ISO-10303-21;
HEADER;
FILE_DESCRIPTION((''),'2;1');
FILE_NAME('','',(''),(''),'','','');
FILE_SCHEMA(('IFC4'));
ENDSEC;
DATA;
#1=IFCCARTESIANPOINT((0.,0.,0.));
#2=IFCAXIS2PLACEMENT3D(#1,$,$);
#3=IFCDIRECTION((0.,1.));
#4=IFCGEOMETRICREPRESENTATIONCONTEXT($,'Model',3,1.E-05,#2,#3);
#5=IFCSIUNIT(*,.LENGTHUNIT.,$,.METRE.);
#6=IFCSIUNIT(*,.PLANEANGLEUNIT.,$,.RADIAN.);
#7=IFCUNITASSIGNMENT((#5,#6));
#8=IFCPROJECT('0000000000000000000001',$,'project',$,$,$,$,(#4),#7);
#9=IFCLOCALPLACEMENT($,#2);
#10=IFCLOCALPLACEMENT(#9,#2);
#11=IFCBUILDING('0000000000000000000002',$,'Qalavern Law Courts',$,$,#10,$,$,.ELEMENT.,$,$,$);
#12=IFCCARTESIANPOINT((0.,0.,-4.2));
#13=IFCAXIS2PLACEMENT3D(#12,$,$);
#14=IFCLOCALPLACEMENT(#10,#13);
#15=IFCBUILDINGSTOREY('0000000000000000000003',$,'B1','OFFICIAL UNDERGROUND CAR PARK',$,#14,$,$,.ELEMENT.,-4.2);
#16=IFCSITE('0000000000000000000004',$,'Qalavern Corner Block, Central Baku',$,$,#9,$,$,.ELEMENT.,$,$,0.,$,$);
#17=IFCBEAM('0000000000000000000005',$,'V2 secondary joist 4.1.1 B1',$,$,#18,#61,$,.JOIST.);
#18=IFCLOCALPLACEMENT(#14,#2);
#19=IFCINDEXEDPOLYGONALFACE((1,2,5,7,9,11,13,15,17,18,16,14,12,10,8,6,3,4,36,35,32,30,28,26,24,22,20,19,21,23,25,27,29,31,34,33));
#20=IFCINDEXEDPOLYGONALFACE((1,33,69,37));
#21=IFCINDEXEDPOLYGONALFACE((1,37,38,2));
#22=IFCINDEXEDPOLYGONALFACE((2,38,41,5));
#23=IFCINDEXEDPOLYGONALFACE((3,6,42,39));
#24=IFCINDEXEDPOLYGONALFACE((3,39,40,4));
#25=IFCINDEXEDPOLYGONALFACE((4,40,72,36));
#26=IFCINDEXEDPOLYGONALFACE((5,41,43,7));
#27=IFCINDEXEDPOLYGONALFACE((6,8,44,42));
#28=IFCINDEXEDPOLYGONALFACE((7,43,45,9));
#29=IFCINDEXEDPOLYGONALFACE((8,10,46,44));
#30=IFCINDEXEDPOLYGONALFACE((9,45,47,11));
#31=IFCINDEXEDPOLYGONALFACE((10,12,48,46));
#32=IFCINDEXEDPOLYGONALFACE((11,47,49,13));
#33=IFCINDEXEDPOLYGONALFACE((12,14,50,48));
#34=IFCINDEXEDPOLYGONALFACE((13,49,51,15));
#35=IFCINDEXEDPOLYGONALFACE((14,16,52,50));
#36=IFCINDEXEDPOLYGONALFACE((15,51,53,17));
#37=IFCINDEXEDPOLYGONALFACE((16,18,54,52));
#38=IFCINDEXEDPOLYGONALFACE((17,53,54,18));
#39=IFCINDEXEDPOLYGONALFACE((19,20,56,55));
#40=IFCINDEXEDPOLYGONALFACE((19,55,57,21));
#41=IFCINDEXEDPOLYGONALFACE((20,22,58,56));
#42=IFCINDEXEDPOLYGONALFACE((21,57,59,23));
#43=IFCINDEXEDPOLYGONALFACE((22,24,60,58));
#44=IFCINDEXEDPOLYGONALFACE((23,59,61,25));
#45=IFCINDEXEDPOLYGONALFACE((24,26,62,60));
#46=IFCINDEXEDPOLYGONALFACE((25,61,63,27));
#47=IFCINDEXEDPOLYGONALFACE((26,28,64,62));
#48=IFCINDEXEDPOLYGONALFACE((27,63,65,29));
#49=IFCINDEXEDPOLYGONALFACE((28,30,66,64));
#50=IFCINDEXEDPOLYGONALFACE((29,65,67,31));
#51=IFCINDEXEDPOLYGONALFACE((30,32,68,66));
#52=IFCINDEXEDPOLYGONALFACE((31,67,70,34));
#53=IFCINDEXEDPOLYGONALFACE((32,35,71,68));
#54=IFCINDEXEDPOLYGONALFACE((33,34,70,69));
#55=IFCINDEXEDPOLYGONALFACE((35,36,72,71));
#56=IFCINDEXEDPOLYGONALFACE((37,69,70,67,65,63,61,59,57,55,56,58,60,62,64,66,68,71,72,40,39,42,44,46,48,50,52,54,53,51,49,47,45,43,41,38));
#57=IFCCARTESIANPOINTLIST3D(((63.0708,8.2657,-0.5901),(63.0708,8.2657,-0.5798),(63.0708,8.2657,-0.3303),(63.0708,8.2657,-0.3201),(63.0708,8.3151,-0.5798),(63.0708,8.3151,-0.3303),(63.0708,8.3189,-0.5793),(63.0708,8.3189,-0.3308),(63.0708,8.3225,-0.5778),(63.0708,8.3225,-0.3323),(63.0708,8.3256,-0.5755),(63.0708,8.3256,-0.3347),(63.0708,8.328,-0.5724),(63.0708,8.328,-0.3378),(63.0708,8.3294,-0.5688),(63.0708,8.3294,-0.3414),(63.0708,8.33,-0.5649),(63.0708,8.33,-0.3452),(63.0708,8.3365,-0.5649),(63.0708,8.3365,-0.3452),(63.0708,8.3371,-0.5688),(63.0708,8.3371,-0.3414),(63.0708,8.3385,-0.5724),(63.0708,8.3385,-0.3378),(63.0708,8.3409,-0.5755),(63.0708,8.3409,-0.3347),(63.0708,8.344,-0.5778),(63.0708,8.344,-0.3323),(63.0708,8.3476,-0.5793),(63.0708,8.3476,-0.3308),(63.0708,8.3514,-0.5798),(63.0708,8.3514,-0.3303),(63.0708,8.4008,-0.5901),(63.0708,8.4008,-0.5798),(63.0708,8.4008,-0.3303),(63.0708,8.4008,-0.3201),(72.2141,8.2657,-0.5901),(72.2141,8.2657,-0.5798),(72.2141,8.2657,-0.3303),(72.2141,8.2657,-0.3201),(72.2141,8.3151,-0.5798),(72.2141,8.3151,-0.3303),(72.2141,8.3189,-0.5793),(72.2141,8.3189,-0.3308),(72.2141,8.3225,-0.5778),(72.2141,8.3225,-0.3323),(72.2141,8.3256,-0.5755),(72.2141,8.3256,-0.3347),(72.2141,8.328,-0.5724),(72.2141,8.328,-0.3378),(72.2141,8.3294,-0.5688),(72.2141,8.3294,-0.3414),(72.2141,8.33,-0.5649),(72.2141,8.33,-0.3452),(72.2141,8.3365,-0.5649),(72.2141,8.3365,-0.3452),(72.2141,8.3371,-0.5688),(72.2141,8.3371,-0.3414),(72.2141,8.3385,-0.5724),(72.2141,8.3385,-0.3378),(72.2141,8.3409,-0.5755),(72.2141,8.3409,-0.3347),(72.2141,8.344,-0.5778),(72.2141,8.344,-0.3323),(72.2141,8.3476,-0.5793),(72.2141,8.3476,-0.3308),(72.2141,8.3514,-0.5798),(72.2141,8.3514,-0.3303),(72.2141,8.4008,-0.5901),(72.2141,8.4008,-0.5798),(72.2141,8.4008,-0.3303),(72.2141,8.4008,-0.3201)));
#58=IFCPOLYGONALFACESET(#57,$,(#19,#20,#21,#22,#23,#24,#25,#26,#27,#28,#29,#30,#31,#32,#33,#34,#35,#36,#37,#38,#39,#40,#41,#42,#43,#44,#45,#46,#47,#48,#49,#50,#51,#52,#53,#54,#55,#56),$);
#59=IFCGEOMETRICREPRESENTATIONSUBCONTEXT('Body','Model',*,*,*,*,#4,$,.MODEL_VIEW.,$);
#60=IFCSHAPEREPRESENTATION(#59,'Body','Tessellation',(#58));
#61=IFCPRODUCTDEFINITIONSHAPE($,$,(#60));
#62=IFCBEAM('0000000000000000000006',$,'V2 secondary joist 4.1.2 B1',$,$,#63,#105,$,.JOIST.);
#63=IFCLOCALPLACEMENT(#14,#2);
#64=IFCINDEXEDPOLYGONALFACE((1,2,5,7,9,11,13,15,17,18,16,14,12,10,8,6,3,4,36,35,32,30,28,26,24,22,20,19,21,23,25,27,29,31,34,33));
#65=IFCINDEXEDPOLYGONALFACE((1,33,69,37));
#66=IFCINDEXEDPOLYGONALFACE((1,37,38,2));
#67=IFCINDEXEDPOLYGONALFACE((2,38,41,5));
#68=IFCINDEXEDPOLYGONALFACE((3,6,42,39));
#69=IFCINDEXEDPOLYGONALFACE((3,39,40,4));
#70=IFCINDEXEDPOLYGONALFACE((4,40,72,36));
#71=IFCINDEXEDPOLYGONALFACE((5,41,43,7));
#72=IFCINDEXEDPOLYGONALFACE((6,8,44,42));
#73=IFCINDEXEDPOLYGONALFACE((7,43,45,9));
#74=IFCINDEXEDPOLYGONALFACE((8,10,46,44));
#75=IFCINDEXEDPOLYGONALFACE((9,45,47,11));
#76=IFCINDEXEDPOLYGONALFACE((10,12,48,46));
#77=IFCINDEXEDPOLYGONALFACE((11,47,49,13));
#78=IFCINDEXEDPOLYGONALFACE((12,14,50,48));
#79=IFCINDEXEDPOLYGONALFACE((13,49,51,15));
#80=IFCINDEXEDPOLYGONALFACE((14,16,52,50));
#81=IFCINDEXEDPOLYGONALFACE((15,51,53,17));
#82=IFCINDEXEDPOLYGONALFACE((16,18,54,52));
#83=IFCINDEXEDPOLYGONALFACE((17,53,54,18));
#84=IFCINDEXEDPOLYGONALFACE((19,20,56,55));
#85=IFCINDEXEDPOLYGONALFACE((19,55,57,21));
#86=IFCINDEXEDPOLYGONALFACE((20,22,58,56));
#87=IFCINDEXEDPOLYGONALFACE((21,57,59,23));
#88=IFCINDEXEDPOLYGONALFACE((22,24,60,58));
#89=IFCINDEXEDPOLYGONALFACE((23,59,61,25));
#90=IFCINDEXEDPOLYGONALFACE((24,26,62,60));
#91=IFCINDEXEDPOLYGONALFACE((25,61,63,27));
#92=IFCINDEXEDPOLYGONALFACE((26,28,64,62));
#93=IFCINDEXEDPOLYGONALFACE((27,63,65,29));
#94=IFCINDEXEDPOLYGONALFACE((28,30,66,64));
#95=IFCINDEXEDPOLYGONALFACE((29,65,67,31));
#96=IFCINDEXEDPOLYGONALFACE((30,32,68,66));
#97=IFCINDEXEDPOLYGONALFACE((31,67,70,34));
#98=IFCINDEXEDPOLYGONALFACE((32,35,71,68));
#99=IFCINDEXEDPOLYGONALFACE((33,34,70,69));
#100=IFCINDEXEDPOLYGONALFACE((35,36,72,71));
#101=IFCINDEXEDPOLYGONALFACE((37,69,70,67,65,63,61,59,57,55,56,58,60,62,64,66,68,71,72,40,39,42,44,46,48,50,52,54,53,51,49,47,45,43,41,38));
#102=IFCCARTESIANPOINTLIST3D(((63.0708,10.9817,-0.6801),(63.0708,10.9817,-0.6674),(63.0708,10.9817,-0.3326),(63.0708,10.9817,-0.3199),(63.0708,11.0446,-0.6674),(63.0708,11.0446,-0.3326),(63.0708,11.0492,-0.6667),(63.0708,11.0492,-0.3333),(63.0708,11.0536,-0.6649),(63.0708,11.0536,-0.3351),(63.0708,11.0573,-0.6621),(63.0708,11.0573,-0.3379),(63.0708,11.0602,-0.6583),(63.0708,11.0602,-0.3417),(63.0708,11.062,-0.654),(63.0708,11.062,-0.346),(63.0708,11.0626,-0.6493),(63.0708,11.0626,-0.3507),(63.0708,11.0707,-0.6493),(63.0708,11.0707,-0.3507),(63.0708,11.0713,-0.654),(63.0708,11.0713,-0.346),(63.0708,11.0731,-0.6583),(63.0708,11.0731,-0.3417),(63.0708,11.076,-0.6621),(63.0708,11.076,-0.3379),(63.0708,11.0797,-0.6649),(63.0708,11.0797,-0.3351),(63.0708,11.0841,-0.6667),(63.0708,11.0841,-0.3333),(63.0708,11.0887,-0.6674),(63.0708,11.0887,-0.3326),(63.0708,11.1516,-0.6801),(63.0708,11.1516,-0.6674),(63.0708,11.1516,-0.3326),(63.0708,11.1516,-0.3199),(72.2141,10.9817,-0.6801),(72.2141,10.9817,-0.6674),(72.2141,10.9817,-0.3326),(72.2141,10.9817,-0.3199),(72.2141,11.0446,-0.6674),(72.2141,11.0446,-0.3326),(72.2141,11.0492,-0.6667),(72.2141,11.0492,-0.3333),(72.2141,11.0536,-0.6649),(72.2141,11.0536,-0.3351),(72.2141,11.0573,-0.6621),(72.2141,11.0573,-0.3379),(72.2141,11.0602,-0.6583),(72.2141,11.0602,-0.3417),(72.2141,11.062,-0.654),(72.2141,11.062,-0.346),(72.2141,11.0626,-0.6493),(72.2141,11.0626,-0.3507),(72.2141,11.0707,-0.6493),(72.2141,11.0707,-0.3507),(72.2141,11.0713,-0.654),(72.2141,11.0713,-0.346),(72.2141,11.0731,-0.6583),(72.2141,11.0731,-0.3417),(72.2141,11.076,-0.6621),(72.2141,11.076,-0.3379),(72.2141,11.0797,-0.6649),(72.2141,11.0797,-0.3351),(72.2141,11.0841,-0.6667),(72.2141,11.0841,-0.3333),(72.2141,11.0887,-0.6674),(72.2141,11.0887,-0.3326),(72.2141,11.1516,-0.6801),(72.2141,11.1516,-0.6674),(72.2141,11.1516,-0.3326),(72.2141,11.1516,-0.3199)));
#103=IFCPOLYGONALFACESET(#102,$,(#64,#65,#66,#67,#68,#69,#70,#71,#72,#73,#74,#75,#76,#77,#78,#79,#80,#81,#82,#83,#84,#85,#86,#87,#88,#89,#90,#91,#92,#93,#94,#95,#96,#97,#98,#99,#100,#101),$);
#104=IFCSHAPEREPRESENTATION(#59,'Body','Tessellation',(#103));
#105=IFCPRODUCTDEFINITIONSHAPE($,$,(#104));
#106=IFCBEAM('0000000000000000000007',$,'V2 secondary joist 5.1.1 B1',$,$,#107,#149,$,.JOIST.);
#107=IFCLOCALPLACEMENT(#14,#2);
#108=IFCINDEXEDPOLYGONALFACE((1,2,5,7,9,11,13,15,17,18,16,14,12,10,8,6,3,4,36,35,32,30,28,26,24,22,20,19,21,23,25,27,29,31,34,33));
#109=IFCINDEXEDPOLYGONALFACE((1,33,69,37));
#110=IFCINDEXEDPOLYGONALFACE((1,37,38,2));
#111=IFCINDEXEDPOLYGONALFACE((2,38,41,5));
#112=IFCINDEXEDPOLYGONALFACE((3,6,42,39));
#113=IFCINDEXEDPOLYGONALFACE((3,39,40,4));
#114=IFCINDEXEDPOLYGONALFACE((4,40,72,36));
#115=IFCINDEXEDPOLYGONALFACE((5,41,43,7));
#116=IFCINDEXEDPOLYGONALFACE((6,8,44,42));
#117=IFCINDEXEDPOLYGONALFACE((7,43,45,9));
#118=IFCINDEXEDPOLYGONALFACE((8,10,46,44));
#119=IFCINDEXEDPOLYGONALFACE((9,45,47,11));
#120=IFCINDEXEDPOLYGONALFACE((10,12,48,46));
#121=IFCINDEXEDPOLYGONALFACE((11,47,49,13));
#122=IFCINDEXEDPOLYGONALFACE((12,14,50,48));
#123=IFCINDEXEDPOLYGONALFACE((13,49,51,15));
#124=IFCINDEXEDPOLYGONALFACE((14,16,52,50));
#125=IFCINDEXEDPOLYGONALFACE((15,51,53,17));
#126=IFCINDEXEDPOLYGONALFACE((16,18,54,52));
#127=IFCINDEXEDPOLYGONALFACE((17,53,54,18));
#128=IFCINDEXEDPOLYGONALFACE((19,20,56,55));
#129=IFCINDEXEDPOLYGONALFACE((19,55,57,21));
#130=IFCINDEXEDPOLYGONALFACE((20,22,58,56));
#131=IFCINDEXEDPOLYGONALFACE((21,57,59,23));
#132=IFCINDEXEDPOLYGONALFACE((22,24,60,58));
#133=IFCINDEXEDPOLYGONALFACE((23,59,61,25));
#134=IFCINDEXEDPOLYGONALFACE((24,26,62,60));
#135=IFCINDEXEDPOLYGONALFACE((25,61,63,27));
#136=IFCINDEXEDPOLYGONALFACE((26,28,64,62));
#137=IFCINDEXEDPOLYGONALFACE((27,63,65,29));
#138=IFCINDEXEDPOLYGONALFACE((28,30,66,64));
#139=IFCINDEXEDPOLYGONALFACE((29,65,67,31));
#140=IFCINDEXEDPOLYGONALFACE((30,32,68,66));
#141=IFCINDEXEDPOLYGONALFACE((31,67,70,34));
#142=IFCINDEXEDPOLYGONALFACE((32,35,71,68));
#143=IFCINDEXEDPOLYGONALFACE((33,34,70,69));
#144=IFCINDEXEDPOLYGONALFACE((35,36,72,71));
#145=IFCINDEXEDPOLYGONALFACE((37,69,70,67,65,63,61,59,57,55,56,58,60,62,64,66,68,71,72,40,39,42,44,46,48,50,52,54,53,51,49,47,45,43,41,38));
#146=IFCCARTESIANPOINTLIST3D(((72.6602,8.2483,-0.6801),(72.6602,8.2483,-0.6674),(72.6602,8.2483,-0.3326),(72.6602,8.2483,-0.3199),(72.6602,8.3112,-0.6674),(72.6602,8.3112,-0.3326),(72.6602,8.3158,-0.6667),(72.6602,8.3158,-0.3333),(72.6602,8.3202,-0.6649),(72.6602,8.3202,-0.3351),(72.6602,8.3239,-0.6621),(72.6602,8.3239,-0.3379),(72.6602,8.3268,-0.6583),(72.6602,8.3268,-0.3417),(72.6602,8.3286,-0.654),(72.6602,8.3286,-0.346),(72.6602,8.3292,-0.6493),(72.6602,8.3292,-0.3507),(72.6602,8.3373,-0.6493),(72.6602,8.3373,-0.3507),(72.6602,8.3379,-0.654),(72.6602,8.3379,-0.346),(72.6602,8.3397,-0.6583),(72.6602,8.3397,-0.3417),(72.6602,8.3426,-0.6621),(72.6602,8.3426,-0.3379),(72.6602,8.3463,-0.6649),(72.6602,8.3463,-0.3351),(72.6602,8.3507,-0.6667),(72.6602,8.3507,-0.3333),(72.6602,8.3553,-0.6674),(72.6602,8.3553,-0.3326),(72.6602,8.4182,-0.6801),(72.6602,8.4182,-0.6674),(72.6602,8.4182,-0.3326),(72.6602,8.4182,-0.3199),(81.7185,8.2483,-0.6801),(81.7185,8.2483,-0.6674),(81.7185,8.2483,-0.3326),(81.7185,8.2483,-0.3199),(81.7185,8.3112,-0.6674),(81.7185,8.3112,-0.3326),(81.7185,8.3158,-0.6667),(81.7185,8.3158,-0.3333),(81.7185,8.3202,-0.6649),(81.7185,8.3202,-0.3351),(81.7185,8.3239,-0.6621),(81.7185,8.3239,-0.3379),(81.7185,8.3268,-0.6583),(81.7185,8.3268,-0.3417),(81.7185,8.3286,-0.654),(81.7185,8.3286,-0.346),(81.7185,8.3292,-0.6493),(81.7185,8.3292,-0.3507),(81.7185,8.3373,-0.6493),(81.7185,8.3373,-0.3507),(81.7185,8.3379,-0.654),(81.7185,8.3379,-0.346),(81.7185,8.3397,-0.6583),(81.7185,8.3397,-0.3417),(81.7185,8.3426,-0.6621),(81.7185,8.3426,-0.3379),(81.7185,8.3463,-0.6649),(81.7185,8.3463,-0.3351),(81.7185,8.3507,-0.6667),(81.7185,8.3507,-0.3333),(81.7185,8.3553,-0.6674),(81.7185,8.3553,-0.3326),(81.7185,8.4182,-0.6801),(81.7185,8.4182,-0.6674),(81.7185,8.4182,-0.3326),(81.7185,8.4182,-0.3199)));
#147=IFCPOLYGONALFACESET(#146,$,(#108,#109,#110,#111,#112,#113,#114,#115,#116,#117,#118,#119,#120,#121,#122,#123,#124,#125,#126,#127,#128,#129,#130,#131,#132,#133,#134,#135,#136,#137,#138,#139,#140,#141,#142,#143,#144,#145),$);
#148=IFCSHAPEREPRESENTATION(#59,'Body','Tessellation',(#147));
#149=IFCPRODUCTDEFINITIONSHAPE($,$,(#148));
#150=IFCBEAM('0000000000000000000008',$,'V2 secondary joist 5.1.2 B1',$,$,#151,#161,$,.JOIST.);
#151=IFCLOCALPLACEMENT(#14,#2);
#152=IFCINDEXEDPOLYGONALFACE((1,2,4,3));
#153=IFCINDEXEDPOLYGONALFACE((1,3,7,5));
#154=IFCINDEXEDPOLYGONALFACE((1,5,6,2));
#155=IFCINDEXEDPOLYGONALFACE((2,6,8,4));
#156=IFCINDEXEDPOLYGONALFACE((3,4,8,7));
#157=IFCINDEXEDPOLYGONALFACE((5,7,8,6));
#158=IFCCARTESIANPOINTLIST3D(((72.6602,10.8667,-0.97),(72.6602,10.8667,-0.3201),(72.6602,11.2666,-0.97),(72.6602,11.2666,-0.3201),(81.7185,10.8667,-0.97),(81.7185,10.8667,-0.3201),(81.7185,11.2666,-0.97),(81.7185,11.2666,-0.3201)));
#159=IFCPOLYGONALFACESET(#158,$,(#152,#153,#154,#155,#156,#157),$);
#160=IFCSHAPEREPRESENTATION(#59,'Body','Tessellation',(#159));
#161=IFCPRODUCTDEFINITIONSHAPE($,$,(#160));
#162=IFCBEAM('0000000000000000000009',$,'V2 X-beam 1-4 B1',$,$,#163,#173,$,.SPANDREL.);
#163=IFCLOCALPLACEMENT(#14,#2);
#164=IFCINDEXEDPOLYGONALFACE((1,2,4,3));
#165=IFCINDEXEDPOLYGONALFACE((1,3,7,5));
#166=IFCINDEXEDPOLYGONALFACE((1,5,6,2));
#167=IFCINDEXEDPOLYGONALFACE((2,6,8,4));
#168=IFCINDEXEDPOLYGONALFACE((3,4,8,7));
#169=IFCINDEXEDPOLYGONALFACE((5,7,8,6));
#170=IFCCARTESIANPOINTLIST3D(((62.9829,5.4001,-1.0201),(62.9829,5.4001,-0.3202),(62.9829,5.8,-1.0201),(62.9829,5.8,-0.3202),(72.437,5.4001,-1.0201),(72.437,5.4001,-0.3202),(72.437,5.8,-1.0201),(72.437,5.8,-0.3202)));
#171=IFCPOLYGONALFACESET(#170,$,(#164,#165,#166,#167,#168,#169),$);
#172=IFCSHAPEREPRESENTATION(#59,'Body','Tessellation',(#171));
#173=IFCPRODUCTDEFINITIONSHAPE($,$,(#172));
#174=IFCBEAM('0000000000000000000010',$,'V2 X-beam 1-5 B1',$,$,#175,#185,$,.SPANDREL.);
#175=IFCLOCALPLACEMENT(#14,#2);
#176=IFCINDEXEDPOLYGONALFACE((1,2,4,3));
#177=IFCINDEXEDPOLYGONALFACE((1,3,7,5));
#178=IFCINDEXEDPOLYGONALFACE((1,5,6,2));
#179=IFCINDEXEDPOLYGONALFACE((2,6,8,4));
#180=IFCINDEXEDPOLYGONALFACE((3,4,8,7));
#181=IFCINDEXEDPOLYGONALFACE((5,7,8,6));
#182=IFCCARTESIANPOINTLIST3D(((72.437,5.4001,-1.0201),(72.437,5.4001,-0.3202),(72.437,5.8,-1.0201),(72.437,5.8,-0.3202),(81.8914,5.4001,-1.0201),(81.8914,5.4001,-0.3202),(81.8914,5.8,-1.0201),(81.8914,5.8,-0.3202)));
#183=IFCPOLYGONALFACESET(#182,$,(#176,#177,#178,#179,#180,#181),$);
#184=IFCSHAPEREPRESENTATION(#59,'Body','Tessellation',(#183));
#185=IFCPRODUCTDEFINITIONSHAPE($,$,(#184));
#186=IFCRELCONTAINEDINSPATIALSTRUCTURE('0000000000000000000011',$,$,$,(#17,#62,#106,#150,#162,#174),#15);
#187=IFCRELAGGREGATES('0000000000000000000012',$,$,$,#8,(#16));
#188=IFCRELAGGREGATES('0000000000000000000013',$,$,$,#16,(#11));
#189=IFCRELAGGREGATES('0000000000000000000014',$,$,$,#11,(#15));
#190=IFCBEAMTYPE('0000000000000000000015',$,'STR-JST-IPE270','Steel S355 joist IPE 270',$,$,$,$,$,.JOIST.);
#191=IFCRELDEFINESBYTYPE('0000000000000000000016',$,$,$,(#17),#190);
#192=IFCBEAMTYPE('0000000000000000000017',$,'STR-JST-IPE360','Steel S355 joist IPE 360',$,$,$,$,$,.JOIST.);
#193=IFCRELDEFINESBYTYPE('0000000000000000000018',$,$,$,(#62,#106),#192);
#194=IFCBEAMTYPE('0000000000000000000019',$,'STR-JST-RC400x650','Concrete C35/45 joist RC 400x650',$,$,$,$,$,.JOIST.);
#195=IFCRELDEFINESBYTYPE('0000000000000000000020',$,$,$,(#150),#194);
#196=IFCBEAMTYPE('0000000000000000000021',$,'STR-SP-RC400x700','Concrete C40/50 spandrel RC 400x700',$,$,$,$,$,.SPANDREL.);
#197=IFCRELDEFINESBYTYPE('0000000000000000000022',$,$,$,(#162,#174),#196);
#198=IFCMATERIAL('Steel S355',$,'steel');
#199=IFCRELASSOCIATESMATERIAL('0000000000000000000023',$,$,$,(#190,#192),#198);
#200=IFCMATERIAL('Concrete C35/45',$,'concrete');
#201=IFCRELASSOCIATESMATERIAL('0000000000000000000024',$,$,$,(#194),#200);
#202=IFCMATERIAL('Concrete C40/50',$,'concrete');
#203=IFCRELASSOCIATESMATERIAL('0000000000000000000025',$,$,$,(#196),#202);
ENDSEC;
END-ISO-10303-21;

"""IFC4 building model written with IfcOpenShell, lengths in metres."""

from ifc_helpers import new_model, si_unit, direction, frame, origin, origin_2d, place, context, subcontext, project, spatial, rectangle, i_section, extrude, material, material_profile, profile_set, type_object, element, save


model = new_model("IFC4")

# Units and contexts
model_context = context("Model", 3, precision=1e-05, world=origin(), true_north=direction((0.0, 1.0)))
body_context = subcontext(model_context, "Body", "Model", "MODEL_VIEW")
ifc_project = project(units=[si_unit("LENGTHUNIT", "METRE"), si_unit("PLANEANGLEUNIT", "RADIAN")], contexts=[model_context])

# Site, building, storey
site_placement = place(None, origin())
site = spatial("IfcSite", under=ifc_project, at=site_placement, Name="Qalavern Corner Block, Central Baku", CompositionType="ELEMENT", RefElevation=0.0)
building_placement = place(site_placement, origin())
building = spatial("IfcBuilding", under=site, at=building_placement, Name="Qalavern Law Courts", CompositionType="ELEMENT")
storey_placement = place(building_placement, frame((0.0, 0.0, -4.2)))
storey = spatial("IfcBuildingStorey", under=building, at=storey_placement, Name="B1", Description="OFFICIAL UNDERGROUND CAR PARK", CompositionType="ELEMENT", Elevation=-4.2)

# Shared definitions
ifc_material_1 = material(Name="Steel S355", Category="steel")

# Beams
ifc_material_2 = material(Name="Concrete C35/45", Category="concrete")
ifc_material_3 = material(Name="Concrete C40/50", Category="concrete")
ifc_material_profile_1 = material_profile(ifc_material_1, i_section(OverallWidth=0.135, OverallDepth=0.27, WebThickness=0.0066, FlangeThickness=0.0103, FilletRadius=0.0149, at=origin_2d()), Name="IPE 270")
ifc_profile_set_1 = profile_set([ifc_material_profile_1], Name="Steel S355")
beam_type_1 = type_object("IfcBeamType", Name="STR-JST-IPE270", Description="Steel S355 joist IPE 270", PredefinedType="JOIST", material=ifc_profile_set_1)
beam_1_placement = place(storey_placement, frame((63.0708, 8.3333, -0.4551), z_axis=(1.0, 0.0, 0.0), x_axis=(0.0, 1.0, 0.0)))
element("IfcBeam", 1, at=beam_1_placement, inside=storey, type_object=beam_type_1, Name="V2 secondary joist 4.1.1 B1", PredefinedType="JOIST", context=body_context, shape_type="SweptSolid", body=[
    extrude(i_section(OverallWidth=0.135, OverallDepth=0.27, WebThickness=0.0066, FlangeThickness=0.0103, FilletRadius=0.0149, at=origin_2d()), origin(), (0.0, 0.0, 1.0), 9.1433),
])
ifc_material_profile_2 = material_profile(ifc_material_1, i_section(OverallWidth=0.1699, OverallDepth=0.3601, WebThickness=0.0081, FlangeThickness=0.0127, FilletRadius=0.0181, at=origin_2d()), Name="IPE 360")
ifc_profile_set_2 = profile_set([ifc_material_profile_2], Name="Steel S355")
beam_type_2 = type_object("IfcBeamType", Name="STR-JST-IPE360", Description="Steel S355 joist IPE 360", PredefinedType="JOIST", material=ifc_profile_set_2)
beam_2_placement = place(storey_placement, frame((63.0708, 11.0667, -0.5), z_axis=(1.0, 0.0, 0.0), x_axis=(0.0, 1.0, 0.0)))
element("IfcBeam", 2, at=beam_2_placement, inside=storey, type_object=beam_type_2, Name="V2 secondary joist 4.1.2 B1", PredefinedType="JOIST", context=body_context, shape_type="SweptSolid", body=[
    extrude(i_section(OverallWidth=0.1699, OverallDepth=0.3601, WebThickness=0.0081, FlangeThickness=0.0127, FilletRadius=0.0181, at=origin_2d()), origin(), (0.0, 0.0, 1.0), 9.1433),
])
beam_3_placement = place(storey_placement, frame((72.6602, 8.3333, -0.5), z_axis=(1.0, 0.0, 0.0), x_axis=(0.0, 1.0, 0.0)))
element("IfcBeam", 3, at=beam_3_placement, inside=storey, type_object=beam_type_2, Name="V2 secondary joist 5.1.1 B1", PredefinedType="JOIST", context=body_context, shape_type="SweptSolid", body=[
    extrude(i_section(OverallWidth=0.1699, OverallDepth=0.3601, WebThickness=0.0081, FlangeThickness=0.0127, FilletRadius=0.0181, at=origin_2d()), origin(), (0.0, 0.0, 1.0), 9.0583),
])
ifc_material_profile_3 = material_profile(ifc_material_2, rectangle(XDim=0.3999, YDim=0.6499, at=origin_2d()), Name="RC 400x650")
ifc_profile_set_3 = profile_set([ifc_material_profile_3], Name="Concrete C35/45")
beam_type_3 = type_object("IfcBeamType", Name="STR-JST-RC400x650", Description="Concrete C35/45 joist RC 400x650", PredefinedType="JOIST", material=ifc_profile_set_3)
beam_4_placement = place(storey_placement, frame((72.6602, 11.0667, -0.645), z_axis=(1.0, 0.0, 0.0), x_axis=(0.0, 1.0, 0.0)))
element("IfcBeam", 4, at=beam_4_placement, inside=storey, type_object=beam_type_3, Name="V2 secondary joist 5.1.2 B1", PredefinedType="JOIST", context=body_context, shape_type="SweptSolid", body=[
    extrude(rectangle(XDim=0.3999, YDim=0.6499, at=origin_2d()), origin(), (0.0, 0.0, 1.0), 9.0583),
])
ifc_material_profile_4 = material_profile(ifc_material_3, rectangle(XDim=0.3999, YDim=0.7, at=origin_2d()), Name="RC 400x700")
ifc_profile_set_4 = profile_set([ifc_material_profile_4], Name="Concrete C40/50")
beam_type_4 = type_object("IfcBeamType", Name="STR-SP-RC400x700", Description="Concrete C40/50 spandrel RC 400x700", PredefinedType="SPANDREL", material=ifc_profile_set_4)
beam_5_placement = place(storey_placement, frame((62.9829, 5.6001, -0.6702), z_axis=(1.0, 0.0, 0.0), x_axis=(0.0, 1.0, 0.0)))
element("IfcBeam", 5, at=beam_5_placement, inside=storey, type_object=beam_type_4, Name="V2 X-beam 1-4 B1", PredefinedType="SPANDREL", context=body_context, shape_type="SweptSolid", body=[
    extrude(rectangle(XDim=0.3999, YDim=0.7, at=origin_2d()), origin(), (0.0, 0.0, 1.0), 9.4541),
])
for number, where, z_axis, x_axis, name in (
    (6, (72.437, 5.6001, -0.6702), (1.0, 0.0, 0.0), (0.0, 1.0, 0.0), "V2 X-beam 1-5 B1"),
):
    element("IfcBeam", number, at=place(storey_placement, frame(where, z_axis=z_axis, x_axis=x_axis)), inside=storey, type_object=beam_type_4, Name=name, PredefinedType="SPANDREL", context=body_context, shape_type="SweptSolid", body=[
        extrude(rectangle(XDim=0.3999, YDim=0.7, at=origin_2d()), origin(), (0.0, 0.0, 1.0), 9.4543),
    ])

save(model, "model.ifc")
